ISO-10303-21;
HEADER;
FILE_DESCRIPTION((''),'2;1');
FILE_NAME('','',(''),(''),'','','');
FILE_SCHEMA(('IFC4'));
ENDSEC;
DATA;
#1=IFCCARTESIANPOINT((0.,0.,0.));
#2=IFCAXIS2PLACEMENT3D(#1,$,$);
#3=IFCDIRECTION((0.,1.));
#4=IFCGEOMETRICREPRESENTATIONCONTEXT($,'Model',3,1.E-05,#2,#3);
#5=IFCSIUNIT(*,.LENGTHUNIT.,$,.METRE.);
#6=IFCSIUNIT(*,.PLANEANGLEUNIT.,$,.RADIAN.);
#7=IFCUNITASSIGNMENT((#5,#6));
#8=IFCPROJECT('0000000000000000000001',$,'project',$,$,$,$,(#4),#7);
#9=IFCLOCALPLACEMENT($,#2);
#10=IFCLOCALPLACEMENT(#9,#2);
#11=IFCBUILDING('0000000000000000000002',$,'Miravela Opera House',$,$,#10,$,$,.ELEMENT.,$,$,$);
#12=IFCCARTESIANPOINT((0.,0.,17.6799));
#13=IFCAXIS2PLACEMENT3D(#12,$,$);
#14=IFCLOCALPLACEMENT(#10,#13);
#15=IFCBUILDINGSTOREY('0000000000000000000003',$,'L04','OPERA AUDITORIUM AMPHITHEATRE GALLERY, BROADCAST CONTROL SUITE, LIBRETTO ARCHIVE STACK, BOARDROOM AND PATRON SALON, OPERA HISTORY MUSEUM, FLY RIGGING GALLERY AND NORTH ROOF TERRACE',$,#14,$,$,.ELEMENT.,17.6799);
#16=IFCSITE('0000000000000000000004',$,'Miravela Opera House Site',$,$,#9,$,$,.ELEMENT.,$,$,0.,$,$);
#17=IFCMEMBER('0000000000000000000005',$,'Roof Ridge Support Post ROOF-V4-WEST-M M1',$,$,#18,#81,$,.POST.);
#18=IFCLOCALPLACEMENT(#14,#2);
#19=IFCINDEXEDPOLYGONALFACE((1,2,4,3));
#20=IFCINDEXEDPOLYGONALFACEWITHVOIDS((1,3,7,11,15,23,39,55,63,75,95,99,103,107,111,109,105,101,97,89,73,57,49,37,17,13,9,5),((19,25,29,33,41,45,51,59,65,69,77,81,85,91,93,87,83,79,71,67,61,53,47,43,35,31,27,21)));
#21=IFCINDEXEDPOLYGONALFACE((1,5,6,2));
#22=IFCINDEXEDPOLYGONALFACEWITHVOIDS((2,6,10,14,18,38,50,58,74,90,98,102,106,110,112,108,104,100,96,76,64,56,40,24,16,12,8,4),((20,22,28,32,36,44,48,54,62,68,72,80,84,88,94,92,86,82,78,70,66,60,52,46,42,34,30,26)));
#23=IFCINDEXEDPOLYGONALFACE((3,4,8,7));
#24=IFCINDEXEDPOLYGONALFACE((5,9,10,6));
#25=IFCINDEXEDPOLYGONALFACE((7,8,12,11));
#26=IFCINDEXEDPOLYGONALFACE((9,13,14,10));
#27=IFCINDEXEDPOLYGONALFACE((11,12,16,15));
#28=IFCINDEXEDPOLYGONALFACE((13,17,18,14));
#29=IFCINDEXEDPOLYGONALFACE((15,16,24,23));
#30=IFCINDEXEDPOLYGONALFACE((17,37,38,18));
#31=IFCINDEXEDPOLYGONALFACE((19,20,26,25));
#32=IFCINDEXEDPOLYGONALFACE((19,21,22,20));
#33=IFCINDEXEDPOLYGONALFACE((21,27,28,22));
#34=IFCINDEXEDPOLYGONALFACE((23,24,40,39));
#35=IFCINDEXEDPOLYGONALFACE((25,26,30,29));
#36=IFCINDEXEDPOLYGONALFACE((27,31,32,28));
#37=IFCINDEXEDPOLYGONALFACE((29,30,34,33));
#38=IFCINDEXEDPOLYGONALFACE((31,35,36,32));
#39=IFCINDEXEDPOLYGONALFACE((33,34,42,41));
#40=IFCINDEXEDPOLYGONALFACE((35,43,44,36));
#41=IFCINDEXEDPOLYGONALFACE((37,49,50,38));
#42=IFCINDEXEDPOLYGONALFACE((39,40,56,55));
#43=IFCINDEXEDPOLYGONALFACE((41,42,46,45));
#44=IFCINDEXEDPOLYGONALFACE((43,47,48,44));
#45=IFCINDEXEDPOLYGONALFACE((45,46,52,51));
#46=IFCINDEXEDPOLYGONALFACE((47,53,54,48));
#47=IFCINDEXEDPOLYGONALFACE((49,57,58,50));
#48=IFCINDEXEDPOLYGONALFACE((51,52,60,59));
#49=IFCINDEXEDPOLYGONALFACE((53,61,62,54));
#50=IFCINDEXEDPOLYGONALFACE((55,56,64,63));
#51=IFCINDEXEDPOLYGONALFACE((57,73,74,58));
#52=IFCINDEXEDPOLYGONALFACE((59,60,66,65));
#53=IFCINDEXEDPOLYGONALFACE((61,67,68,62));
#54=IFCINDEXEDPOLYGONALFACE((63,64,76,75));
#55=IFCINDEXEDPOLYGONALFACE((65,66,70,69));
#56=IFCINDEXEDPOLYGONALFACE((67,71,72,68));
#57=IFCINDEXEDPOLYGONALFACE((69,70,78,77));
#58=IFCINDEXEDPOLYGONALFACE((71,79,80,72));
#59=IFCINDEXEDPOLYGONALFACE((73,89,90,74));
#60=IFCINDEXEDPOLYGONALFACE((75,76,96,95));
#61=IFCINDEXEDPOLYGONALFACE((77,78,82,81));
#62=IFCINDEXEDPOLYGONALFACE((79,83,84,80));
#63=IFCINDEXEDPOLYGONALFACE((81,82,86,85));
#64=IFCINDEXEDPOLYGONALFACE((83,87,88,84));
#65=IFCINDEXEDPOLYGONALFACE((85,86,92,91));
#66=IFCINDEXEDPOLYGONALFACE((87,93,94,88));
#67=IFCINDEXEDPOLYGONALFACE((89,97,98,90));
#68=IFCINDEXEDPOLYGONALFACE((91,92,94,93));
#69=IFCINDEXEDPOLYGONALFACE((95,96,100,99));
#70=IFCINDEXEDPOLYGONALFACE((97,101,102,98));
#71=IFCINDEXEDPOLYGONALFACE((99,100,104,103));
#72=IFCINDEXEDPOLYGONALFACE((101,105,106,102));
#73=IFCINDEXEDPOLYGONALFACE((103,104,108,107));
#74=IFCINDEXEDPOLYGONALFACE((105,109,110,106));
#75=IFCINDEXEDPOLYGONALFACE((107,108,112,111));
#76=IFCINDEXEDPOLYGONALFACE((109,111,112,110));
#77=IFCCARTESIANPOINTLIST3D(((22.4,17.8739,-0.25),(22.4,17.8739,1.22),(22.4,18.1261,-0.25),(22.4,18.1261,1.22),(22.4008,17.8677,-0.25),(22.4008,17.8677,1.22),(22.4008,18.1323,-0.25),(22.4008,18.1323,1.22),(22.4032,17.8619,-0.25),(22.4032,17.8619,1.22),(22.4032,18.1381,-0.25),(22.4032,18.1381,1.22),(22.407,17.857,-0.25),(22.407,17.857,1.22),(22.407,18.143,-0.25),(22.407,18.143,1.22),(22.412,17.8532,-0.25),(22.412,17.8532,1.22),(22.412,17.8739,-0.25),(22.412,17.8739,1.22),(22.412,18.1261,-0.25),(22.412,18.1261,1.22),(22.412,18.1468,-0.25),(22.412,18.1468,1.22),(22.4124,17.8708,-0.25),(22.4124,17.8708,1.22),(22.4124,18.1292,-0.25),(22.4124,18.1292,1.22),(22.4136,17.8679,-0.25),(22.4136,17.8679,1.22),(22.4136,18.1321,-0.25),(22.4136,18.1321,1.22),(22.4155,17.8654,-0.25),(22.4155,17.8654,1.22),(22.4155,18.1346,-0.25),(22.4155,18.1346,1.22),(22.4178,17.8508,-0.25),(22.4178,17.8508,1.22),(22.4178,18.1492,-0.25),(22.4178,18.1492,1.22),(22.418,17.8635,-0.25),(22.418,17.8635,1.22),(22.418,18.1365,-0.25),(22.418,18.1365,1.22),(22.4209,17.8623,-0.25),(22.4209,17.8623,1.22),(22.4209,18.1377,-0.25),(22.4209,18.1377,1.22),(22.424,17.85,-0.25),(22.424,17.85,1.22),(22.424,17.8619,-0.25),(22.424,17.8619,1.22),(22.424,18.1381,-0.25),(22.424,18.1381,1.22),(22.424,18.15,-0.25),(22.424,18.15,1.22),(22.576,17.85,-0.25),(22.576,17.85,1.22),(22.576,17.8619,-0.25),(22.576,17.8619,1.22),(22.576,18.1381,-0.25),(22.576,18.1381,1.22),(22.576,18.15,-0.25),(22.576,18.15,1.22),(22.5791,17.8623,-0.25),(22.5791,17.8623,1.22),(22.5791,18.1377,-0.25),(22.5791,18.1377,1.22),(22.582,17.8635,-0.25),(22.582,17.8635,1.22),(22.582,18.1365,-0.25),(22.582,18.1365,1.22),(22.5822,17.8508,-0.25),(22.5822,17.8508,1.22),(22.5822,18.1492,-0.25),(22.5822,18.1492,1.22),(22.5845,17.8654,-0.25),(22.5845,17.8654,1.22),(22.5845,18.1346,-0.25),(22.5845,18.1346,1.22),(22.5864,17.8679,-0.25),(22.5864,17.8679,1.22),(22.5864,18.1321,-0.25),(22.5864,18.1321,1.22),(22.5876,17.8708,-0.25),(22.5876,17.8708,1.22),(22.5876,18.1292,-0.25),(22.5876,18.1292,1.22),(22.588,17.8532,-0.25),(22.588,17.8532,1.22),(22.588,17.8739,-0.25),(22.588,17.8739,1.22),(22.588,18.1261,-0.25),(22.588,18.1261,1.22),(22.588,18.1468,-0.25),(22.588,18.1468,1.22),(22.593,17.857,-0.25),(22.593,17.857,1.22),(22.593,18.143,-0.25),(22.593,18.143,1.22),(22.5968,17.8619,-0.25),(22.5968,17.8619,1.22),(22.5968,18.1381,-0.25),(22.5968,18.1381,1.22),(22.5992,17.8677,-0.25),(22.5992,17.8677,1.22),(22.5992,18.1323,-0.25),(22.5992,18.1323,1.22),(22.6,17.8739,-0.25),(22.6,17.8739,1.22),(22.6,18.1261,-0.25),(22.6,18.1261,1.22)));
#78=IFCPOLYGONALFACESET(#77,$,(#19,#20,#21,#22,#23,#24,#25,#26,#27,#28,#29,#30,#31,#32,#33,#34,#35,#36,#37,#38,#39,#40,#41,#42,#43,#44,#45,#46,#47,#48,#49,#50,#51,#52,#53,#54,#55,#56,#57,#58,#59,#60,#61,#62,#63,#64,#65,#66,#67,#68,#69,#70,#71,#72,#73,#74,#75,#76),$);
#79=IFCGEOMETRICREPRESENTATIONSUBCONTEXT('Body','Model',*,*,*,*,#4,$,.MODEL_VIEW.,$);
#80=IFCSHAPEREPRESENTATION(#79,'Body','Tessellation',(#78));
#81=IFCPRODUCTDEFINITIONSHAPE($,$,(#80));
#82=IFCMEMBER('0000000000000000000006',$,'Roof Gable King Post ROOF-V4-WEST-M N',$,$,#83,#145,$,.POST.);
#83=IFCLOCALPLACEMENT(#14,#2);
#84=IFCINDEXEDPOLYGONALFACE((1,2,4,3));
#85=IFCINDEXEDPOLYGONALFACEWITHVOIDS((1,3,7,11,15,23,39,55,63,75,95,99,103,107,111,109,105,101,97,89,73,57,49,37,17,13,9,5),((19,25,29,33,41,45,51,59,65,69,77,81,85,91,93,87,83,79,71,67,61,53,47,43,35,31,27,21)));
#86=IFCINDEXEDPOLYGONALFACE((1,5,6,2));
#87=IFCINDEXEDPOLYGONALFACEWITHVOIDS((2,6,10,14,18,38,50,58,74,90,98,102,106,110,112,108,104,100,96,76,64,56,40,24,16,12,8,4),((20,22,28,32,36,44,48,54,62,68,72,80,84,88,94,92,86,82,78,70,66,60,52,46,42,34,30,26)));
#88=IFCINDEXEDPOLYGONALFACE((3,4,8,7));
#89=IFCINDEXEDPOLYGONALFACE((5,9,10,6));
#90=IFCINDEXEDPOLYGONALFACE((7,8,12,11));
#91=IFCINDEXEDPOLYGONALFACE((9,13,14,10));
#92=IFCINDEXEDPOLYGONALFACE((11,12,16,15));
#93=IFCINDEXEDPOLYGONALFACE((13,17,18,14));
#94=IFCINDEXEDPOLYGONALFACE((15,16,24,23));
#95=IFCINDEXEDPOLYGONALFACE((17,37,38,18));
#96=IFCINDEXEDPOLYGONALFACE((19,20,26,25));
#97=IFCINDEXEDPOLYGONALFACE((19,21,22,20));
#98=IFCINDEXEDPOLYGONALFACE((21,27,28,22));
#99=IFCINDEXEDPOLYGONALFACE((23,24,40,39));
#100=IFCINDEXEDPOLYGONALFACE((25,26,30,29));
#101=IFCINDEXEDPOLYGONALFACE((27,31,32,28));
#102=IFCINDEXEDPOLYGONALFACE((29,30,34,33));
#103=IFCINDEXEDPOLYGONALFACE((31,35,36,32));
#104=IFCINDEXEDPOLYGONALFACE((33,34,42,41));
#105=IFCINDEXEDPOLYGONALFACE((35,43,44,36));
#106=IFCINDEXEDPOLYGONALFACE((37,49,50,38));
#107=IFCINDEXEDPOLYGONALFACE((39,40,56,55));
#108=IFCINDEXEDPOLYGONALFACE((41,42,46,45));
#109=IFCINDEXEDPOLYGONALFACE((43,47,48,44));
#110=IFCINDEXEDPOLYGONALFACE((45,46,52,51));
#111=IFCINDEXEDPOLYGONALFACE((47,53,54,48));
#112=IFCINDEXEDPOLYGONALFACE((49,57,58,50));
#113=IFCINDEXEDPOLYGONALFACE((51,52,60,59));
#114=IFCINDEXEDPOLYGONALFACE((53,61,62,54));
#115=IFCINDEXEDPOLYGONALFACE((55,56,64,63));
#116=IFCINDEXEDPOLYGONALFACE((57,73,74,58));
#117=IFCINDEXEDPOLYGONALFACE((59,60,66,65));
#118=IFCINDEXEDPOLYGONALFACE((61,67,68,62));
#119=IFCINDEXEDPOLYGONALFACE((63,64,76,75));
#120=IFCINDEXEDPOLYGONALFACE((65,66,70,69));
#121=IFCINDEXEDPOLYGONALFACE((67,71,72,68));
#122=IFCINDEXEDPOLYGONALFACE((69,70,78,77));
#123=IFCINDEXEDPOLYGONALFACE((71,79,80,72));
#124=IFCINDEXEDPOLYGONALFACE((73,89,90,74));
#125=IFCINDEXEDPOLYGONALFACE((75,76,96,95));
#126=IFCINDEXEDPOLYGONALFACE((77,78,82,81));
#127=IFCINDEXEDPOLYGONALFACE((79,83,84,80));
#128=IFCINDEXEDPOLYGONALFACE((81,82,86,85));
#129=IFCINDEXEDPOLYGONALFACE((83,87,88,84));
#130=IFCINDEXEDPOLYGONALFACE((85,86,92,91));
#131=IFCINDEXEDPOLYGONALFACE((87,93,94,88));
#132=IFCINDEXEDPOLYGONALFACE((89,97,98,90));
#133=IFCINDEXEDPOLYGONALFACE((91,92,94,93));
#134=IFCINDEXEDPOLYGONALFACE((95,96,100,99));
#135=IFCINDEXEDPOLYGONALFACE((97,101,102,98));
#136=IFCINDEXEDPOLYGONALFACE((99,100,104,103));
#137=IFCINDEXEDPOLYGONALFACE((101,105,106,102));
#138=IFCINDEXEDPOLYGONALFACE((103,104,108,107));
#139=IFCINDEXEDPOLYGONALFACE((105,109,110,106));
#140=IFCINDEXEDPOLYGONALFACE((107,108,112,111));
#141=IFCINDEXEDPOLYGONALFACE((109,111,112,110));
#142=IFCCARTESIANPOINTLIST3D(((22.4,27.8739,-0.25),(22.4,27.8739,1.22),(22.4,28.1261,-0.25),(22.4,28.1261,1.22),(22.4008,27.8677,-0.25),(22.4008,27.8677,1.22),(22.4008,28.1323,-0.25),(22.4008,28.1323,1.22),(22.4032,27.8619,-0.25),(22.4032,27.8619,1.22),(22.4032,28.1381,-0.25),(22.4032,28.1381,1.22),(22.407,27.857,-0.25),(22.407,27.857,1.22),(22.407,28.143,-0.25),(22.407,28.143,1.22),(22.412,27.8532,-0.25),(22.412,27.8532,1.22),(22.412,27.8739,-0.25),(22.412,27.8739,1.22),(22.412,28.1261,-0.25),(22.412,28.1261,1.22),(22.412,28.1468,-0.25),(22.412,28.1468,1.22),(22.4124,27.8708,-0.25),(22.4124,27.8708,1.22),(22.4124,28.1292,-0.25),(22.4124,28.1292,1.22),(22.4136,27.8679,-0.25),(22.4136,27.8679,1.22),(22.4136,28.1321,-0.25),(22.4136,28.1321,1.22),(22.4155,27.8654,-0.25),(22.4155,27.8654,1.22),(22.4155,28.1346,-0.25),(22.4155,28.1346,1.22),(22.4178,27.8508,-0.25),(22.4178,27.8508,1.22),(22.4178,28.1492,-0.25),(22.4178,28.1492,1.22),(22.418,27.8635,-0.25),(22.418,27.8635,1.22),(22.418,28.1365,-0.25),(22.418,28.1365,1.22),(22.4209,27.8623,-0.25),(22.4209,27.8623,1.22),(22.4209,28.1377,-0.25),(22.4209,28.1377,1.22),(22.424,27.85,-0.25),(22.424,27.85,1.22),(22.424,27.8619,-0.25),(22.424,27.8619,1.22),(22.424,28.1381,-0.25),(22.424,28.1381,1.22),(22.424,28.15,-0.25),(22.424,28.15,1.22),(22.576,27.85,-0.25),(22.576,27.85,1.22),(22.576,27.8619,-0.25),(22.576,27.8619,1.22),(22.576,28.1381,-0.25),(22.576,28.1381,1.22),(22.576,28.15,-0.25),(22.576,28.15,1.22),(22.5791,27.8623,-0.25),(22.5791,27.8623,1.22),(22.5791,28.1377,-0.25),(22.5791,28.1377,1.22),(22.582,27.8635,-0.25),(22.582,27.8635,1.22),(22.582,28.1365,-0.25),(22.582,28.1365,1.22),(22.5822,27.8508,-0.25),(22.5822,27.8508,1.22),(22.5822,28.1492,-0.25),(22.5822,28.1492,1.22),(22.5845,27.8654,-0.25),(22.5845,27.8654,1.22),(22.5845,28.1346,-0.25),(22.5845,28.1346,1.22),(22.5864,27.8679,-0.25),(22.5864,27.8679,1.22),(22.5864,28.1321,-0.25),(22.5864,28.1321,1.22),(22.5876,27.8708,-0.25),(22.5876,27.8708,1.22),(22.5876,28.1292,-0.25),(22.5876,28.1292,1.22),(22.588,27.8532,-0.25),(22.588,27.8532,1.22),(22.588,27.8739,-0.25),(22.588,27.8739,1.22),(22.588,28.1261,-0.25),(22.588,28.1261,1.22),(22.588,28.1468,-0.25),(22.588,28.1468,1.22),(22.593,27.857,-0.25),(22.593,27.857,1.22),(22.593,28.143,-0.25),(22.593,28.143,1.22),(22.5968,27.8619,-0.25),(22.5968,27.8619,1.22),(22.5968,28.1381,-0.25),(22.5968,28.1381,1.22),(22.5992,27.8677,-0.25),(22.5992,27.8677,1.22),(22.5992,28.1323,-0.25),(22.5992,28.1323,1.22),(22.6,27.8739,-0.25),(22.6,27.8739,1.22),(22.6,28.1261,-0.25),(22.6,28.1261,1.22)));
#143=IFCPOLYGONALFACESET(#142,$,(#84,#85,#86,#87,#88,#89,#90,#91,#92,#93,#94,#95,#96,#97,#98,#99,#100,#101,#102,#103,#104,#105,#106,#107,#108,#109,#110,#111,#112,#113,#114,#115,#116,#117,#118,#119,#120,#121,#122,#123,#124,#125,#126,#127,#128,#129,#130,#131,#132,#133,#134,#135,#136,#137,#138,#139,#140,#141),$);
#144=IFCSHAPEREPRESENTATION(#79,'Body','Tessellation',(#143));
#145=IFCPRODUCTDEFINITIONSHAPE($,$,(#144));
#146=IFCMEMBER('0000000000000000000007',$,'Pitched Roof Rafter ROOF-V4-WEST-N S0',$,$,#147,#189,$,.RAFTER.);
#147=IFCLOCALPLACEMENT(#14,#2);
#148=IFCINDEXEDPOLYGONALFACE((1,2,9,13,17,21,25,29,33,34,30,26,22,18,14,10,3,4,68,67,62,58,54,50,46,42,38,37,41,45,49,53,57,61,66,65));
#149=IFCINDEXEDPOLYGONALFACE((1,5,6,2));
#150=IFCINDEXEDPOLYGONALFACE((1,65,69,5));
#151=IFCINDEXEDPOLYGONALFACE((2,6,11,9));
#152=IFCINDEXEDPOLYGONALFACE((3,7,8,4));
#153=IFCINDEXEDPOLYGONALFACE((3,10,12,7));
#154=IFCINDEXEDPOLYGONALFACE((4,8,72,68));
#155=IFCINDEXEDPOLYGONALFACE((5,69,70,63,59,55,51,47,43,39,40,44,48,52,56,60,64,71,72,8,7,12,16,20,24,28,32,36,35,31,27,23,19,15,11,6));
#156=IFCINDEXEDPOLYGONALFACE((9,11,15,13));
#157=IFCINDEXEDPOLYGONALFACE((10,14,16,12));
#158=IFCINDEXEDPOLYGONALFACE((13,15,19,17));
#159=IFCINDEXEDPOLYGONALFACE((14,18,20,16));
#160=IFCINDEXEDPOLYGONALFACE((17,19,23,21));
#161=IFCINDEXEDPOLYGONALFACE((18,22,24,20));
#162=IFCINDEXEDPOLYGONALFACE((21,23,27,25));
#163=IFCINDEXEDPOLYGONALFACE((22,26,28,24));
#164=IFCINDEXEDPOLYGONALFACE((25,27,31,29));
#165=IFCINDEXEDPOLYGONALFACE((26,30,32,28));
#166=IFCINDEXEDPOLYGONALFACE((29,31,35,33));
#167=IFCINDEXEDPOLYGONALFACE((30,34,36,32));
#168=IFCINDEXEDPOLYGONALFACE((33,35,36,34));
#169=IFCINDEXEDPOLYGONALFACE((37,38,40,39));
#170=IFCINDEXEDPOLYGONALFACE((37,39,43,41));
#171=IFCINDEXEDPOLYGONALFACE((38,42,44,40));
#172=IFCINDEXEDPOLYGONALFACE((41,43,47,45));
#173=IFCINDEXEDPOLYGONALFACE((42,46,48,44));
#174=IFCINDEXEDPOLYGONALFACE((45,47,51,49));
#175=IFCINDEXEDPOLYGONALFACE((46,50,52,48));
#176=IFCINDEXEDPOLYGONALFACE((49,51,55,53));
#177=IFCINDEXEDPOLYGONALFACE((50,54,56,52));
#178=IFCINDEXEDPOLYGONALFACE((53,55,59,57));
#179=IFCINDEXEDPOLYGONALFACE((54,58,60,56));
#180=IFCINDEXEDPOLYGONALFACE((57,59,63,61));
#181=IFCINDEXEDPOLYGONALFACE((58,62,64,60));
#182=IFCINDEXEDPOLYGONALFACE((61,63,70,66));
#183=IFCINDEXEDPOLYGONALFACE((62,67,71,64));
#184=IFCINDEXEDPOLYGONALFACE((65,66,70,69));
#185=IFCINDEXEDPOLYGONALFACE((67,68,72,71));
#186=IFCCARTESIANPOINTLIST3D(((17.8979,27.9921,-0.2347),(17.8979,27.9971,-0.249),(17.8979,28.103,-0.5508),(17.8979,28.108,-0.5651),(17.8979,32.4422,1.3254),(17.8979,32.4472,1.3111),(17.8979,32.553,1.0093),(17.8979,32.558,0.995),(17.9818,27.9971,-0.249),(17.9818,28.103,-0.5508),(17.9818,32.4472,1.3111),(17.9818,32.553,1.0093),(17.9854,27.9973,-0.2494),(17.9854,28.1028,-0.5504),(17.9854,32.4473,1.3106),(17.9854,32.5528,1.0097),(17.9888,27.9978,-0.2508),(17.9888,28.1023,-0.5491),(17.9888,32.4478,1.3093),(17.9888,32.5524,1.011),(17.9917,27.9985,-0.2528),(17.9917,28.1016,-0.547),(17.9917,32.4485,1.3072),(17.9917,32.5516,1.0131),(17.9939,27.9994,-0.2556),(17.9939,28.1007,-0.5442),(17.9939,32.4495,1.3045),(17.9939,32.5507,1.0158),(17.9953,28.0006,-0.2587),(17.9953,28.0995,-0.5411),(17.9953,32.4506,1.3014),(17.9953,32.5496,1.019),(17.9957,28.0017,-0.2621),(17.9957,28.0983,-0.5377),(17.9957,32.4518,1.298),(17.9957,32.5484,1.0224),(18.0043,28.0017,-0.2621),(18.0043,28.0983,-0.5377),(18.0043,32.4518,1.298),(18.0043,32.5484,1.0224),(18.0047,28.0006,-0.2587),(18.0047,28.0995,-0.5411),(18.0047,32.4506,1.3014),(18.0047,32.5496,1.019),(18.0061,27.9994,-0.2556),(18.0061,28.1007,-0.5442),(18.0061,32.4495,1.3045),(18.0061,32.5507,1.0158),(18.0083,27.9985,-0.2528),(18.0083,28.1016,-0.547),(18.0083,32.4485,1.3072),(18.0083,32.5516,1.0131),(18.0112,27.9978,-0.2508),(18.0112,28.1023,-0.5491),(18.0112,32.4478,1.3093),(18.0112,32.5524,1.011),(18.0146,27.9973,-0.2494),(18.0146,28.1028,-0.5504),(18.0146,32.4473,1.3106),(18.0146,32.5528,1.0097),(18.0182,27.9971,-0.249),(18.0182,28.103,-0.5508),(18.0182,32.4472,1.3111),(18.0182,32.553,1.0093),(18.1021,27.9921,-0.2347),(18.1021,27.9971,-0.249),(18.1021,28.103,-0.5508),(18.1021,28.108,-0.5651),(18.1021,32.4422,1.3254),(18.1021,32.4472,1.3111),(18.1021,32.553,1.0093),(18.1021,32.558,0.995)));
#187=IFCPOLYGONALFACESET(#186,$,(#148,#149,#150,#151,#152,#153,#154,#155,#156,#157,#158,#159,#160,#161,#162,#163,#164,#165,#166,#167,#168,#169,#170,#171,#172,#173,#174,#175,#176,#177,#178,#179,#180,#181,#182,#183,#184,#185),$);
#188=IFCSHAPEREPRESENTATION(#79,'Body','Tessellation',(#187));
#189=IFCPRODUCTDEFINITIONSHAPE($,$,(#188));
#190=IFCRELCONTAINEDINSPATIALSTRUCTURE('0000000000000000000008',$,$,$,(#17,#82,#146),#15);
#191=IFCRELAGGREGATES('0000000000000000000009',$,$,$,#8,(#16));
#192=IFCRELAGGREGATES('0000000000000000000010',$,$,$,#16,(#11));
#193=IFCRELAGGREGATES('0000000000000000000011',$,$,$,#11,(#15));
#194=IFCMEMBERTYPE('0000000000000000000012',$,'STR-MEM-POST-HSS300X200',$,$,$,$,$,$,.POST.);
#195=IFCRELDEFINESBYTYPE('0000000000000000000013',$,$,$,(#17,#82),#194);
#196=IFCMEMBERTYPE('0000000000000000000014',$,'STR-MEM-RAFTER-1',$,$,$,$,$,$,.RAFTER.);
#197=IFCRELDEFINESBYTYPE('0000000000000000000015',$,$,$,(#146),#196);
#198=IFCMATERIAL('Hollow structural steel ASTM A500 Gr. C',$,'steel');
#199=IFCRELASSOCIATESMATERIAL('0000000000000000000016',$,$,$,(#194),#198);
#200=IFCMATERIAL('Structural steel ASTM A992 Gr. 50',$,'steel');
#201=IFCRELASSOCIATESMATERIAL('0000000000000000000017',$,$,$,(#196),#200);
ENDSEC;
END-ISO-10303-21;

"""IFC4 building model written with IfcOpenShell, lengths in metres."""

from ifc_helpers import new_model, si_unit, direction, frame, origin, origin_2d, place, context, subcontext, project, spatial, hollow_rectangle, i_section, extrude, material, material_profile, profile_set, type_object, element, save


model = new_model("IFC4")

# Units and contexts
model_context = context("Model", 3, precision=1e-05, world=origin(), true_north=direction((0.0, 1.0)))
body_context = subcontext(model_context, "Body", "Model", "MODEL_VIEW")
ifc_project = project(units=[si_unit("LENGTHUNIT", "METRE"), si_unit("PLANEANGLEUNIT", "RADIAN")], contexts=[model_context])

# Site, building, storey
site_placement = place(None, origin())
site = spatial("IfcSite", under=ifc_project, at=site_placement, Name="Miravela Opera House Site", CompositionType="ELEMENT", RefElevation=0.0)
building_placement = place(site_placement, origin())
building = spatial("IfcBuilding", under=site, at=building_placement, Name="Miravela Opera House", CompositionType="ELEMENT")
storey_placement = place(building_placement, frame((0.0, 0.0, 17.6799)))
storey = spatial("IfcBuildingStorey", under=building, at=storey_placement, Name="L04", Description="OPERA AUDITORIUM AMPHITHEATRE GALLERY, BROADCAST CONTROL SUITE, LIBRETTO ARCHIVE STACK, BOARDROOM AND PATRON SALON, OPERA HISTORY MUSEUM, FLY RIGGING GALLERY AND NORTH ROOF TERRACE", CompositionType="ELEMENT", Elevation=17.6799)

# Shared definitions
ifc_material_1 = material(Name="Structural steel ASTM A992 Gr. 50", Category="steel")

# Members
ifc_material_2 = material(Name="Hollow structural steel ASTM A500 Gr. C", Category="steel")
ifc_material_profile_1 = material_profile(ifc_material_2, hollow_rectangle(XDim=0.2, YDim=0.3, WallThickness=0.012, InnerFilletRadius=0.012, OuterFilletRadius=0.0239, at=origin_2d()), Name="HSS300X200X12")
ifc_profile_set_1 = profile_set([ifc_material_profile_1])
member_type_1 = type_object("IfcMemberType", Name="STR-MEM-POST-HSS300X200", PredefinedType="POST", material=ifc_profile_set_1)
for number, where, z_axis, x_axis, name in (
    (1, (22.5, 18.0, -0.25), (0.0, 0.0, 1.0), (1.0, 0.0, 0.0), "Roof Ridge Support Post ROOF-V4-WEST-M M1"),
    (2, (22.5, 28.0, -0.25), (0.0, 0.0, 1.0), (1.0, 0.0, 0.0), "Roof Gable King Post ROOF-V4-WEST-M N"),
):
    element("IfcMember", number, at=place(storey_placement, frame(where, z_axis=z_axis, x_axis=x_axis)), inside=storey, type_object=member_type_1, Name=name, PredefinedType="POST", context=body_context, shape_type="SweptSolid", body=[
        extrude(hollow_rectangle(XDim=0.2, YDim=0.3, WallThickness=0.012, InnerFilletRadius=0.012, OuterFilletRadius=0.0239, at=origin_2d()), origin(), (0.0, 0.0, 1.0), 1.47),
    ])
ifc_material_profile_2 = material_profile(ifc_material_1, i_section(OverallWidth=0.2041, OverallDepth=0.3501, WebThickness=0.0085, FlangeThickness=0.0151, FilletRadius=0.0139, at=origin_2d()), Name="W360X72")
ifc_profile_set_2 = profile_set([ifc_material_profile_2])
member_type_2 = type_object("IfcMemberType", Name="STR-MEM-RAFTER-1", PredefinedType="RAFTER", material=ifc_profile_set_2)
for number, where, z_axis, x_axis, name in (
    (3, (18.0, 28.05, -0.3999), (0.0, 0.943688, 0.330837), (-1.0, 0.0, 0.0), "Pitched Roof Rafter ROOF-V4-WEST-N S0"),
):
    element("IfcMember", number, at=place(storey_placement, frame(where, z_axis=z_axis, x_axis=x_axis)), inside=storey, type_object=member_type_2, Name=name, PredefinedType="RAFTER", context=body_context, shape_type="SweptSolid", body=[
        extrude(i_section(OverallWidth=0.2041, OverallDepth=0.3501, WebThickness=0.0085, FlangeThickness=0.0151, FilletRadius=0.0139, at=origin_2d()), origin(), (0.0, 0.0, 1.0), 4.7156),
    ])

save(model, "model.ifc")
